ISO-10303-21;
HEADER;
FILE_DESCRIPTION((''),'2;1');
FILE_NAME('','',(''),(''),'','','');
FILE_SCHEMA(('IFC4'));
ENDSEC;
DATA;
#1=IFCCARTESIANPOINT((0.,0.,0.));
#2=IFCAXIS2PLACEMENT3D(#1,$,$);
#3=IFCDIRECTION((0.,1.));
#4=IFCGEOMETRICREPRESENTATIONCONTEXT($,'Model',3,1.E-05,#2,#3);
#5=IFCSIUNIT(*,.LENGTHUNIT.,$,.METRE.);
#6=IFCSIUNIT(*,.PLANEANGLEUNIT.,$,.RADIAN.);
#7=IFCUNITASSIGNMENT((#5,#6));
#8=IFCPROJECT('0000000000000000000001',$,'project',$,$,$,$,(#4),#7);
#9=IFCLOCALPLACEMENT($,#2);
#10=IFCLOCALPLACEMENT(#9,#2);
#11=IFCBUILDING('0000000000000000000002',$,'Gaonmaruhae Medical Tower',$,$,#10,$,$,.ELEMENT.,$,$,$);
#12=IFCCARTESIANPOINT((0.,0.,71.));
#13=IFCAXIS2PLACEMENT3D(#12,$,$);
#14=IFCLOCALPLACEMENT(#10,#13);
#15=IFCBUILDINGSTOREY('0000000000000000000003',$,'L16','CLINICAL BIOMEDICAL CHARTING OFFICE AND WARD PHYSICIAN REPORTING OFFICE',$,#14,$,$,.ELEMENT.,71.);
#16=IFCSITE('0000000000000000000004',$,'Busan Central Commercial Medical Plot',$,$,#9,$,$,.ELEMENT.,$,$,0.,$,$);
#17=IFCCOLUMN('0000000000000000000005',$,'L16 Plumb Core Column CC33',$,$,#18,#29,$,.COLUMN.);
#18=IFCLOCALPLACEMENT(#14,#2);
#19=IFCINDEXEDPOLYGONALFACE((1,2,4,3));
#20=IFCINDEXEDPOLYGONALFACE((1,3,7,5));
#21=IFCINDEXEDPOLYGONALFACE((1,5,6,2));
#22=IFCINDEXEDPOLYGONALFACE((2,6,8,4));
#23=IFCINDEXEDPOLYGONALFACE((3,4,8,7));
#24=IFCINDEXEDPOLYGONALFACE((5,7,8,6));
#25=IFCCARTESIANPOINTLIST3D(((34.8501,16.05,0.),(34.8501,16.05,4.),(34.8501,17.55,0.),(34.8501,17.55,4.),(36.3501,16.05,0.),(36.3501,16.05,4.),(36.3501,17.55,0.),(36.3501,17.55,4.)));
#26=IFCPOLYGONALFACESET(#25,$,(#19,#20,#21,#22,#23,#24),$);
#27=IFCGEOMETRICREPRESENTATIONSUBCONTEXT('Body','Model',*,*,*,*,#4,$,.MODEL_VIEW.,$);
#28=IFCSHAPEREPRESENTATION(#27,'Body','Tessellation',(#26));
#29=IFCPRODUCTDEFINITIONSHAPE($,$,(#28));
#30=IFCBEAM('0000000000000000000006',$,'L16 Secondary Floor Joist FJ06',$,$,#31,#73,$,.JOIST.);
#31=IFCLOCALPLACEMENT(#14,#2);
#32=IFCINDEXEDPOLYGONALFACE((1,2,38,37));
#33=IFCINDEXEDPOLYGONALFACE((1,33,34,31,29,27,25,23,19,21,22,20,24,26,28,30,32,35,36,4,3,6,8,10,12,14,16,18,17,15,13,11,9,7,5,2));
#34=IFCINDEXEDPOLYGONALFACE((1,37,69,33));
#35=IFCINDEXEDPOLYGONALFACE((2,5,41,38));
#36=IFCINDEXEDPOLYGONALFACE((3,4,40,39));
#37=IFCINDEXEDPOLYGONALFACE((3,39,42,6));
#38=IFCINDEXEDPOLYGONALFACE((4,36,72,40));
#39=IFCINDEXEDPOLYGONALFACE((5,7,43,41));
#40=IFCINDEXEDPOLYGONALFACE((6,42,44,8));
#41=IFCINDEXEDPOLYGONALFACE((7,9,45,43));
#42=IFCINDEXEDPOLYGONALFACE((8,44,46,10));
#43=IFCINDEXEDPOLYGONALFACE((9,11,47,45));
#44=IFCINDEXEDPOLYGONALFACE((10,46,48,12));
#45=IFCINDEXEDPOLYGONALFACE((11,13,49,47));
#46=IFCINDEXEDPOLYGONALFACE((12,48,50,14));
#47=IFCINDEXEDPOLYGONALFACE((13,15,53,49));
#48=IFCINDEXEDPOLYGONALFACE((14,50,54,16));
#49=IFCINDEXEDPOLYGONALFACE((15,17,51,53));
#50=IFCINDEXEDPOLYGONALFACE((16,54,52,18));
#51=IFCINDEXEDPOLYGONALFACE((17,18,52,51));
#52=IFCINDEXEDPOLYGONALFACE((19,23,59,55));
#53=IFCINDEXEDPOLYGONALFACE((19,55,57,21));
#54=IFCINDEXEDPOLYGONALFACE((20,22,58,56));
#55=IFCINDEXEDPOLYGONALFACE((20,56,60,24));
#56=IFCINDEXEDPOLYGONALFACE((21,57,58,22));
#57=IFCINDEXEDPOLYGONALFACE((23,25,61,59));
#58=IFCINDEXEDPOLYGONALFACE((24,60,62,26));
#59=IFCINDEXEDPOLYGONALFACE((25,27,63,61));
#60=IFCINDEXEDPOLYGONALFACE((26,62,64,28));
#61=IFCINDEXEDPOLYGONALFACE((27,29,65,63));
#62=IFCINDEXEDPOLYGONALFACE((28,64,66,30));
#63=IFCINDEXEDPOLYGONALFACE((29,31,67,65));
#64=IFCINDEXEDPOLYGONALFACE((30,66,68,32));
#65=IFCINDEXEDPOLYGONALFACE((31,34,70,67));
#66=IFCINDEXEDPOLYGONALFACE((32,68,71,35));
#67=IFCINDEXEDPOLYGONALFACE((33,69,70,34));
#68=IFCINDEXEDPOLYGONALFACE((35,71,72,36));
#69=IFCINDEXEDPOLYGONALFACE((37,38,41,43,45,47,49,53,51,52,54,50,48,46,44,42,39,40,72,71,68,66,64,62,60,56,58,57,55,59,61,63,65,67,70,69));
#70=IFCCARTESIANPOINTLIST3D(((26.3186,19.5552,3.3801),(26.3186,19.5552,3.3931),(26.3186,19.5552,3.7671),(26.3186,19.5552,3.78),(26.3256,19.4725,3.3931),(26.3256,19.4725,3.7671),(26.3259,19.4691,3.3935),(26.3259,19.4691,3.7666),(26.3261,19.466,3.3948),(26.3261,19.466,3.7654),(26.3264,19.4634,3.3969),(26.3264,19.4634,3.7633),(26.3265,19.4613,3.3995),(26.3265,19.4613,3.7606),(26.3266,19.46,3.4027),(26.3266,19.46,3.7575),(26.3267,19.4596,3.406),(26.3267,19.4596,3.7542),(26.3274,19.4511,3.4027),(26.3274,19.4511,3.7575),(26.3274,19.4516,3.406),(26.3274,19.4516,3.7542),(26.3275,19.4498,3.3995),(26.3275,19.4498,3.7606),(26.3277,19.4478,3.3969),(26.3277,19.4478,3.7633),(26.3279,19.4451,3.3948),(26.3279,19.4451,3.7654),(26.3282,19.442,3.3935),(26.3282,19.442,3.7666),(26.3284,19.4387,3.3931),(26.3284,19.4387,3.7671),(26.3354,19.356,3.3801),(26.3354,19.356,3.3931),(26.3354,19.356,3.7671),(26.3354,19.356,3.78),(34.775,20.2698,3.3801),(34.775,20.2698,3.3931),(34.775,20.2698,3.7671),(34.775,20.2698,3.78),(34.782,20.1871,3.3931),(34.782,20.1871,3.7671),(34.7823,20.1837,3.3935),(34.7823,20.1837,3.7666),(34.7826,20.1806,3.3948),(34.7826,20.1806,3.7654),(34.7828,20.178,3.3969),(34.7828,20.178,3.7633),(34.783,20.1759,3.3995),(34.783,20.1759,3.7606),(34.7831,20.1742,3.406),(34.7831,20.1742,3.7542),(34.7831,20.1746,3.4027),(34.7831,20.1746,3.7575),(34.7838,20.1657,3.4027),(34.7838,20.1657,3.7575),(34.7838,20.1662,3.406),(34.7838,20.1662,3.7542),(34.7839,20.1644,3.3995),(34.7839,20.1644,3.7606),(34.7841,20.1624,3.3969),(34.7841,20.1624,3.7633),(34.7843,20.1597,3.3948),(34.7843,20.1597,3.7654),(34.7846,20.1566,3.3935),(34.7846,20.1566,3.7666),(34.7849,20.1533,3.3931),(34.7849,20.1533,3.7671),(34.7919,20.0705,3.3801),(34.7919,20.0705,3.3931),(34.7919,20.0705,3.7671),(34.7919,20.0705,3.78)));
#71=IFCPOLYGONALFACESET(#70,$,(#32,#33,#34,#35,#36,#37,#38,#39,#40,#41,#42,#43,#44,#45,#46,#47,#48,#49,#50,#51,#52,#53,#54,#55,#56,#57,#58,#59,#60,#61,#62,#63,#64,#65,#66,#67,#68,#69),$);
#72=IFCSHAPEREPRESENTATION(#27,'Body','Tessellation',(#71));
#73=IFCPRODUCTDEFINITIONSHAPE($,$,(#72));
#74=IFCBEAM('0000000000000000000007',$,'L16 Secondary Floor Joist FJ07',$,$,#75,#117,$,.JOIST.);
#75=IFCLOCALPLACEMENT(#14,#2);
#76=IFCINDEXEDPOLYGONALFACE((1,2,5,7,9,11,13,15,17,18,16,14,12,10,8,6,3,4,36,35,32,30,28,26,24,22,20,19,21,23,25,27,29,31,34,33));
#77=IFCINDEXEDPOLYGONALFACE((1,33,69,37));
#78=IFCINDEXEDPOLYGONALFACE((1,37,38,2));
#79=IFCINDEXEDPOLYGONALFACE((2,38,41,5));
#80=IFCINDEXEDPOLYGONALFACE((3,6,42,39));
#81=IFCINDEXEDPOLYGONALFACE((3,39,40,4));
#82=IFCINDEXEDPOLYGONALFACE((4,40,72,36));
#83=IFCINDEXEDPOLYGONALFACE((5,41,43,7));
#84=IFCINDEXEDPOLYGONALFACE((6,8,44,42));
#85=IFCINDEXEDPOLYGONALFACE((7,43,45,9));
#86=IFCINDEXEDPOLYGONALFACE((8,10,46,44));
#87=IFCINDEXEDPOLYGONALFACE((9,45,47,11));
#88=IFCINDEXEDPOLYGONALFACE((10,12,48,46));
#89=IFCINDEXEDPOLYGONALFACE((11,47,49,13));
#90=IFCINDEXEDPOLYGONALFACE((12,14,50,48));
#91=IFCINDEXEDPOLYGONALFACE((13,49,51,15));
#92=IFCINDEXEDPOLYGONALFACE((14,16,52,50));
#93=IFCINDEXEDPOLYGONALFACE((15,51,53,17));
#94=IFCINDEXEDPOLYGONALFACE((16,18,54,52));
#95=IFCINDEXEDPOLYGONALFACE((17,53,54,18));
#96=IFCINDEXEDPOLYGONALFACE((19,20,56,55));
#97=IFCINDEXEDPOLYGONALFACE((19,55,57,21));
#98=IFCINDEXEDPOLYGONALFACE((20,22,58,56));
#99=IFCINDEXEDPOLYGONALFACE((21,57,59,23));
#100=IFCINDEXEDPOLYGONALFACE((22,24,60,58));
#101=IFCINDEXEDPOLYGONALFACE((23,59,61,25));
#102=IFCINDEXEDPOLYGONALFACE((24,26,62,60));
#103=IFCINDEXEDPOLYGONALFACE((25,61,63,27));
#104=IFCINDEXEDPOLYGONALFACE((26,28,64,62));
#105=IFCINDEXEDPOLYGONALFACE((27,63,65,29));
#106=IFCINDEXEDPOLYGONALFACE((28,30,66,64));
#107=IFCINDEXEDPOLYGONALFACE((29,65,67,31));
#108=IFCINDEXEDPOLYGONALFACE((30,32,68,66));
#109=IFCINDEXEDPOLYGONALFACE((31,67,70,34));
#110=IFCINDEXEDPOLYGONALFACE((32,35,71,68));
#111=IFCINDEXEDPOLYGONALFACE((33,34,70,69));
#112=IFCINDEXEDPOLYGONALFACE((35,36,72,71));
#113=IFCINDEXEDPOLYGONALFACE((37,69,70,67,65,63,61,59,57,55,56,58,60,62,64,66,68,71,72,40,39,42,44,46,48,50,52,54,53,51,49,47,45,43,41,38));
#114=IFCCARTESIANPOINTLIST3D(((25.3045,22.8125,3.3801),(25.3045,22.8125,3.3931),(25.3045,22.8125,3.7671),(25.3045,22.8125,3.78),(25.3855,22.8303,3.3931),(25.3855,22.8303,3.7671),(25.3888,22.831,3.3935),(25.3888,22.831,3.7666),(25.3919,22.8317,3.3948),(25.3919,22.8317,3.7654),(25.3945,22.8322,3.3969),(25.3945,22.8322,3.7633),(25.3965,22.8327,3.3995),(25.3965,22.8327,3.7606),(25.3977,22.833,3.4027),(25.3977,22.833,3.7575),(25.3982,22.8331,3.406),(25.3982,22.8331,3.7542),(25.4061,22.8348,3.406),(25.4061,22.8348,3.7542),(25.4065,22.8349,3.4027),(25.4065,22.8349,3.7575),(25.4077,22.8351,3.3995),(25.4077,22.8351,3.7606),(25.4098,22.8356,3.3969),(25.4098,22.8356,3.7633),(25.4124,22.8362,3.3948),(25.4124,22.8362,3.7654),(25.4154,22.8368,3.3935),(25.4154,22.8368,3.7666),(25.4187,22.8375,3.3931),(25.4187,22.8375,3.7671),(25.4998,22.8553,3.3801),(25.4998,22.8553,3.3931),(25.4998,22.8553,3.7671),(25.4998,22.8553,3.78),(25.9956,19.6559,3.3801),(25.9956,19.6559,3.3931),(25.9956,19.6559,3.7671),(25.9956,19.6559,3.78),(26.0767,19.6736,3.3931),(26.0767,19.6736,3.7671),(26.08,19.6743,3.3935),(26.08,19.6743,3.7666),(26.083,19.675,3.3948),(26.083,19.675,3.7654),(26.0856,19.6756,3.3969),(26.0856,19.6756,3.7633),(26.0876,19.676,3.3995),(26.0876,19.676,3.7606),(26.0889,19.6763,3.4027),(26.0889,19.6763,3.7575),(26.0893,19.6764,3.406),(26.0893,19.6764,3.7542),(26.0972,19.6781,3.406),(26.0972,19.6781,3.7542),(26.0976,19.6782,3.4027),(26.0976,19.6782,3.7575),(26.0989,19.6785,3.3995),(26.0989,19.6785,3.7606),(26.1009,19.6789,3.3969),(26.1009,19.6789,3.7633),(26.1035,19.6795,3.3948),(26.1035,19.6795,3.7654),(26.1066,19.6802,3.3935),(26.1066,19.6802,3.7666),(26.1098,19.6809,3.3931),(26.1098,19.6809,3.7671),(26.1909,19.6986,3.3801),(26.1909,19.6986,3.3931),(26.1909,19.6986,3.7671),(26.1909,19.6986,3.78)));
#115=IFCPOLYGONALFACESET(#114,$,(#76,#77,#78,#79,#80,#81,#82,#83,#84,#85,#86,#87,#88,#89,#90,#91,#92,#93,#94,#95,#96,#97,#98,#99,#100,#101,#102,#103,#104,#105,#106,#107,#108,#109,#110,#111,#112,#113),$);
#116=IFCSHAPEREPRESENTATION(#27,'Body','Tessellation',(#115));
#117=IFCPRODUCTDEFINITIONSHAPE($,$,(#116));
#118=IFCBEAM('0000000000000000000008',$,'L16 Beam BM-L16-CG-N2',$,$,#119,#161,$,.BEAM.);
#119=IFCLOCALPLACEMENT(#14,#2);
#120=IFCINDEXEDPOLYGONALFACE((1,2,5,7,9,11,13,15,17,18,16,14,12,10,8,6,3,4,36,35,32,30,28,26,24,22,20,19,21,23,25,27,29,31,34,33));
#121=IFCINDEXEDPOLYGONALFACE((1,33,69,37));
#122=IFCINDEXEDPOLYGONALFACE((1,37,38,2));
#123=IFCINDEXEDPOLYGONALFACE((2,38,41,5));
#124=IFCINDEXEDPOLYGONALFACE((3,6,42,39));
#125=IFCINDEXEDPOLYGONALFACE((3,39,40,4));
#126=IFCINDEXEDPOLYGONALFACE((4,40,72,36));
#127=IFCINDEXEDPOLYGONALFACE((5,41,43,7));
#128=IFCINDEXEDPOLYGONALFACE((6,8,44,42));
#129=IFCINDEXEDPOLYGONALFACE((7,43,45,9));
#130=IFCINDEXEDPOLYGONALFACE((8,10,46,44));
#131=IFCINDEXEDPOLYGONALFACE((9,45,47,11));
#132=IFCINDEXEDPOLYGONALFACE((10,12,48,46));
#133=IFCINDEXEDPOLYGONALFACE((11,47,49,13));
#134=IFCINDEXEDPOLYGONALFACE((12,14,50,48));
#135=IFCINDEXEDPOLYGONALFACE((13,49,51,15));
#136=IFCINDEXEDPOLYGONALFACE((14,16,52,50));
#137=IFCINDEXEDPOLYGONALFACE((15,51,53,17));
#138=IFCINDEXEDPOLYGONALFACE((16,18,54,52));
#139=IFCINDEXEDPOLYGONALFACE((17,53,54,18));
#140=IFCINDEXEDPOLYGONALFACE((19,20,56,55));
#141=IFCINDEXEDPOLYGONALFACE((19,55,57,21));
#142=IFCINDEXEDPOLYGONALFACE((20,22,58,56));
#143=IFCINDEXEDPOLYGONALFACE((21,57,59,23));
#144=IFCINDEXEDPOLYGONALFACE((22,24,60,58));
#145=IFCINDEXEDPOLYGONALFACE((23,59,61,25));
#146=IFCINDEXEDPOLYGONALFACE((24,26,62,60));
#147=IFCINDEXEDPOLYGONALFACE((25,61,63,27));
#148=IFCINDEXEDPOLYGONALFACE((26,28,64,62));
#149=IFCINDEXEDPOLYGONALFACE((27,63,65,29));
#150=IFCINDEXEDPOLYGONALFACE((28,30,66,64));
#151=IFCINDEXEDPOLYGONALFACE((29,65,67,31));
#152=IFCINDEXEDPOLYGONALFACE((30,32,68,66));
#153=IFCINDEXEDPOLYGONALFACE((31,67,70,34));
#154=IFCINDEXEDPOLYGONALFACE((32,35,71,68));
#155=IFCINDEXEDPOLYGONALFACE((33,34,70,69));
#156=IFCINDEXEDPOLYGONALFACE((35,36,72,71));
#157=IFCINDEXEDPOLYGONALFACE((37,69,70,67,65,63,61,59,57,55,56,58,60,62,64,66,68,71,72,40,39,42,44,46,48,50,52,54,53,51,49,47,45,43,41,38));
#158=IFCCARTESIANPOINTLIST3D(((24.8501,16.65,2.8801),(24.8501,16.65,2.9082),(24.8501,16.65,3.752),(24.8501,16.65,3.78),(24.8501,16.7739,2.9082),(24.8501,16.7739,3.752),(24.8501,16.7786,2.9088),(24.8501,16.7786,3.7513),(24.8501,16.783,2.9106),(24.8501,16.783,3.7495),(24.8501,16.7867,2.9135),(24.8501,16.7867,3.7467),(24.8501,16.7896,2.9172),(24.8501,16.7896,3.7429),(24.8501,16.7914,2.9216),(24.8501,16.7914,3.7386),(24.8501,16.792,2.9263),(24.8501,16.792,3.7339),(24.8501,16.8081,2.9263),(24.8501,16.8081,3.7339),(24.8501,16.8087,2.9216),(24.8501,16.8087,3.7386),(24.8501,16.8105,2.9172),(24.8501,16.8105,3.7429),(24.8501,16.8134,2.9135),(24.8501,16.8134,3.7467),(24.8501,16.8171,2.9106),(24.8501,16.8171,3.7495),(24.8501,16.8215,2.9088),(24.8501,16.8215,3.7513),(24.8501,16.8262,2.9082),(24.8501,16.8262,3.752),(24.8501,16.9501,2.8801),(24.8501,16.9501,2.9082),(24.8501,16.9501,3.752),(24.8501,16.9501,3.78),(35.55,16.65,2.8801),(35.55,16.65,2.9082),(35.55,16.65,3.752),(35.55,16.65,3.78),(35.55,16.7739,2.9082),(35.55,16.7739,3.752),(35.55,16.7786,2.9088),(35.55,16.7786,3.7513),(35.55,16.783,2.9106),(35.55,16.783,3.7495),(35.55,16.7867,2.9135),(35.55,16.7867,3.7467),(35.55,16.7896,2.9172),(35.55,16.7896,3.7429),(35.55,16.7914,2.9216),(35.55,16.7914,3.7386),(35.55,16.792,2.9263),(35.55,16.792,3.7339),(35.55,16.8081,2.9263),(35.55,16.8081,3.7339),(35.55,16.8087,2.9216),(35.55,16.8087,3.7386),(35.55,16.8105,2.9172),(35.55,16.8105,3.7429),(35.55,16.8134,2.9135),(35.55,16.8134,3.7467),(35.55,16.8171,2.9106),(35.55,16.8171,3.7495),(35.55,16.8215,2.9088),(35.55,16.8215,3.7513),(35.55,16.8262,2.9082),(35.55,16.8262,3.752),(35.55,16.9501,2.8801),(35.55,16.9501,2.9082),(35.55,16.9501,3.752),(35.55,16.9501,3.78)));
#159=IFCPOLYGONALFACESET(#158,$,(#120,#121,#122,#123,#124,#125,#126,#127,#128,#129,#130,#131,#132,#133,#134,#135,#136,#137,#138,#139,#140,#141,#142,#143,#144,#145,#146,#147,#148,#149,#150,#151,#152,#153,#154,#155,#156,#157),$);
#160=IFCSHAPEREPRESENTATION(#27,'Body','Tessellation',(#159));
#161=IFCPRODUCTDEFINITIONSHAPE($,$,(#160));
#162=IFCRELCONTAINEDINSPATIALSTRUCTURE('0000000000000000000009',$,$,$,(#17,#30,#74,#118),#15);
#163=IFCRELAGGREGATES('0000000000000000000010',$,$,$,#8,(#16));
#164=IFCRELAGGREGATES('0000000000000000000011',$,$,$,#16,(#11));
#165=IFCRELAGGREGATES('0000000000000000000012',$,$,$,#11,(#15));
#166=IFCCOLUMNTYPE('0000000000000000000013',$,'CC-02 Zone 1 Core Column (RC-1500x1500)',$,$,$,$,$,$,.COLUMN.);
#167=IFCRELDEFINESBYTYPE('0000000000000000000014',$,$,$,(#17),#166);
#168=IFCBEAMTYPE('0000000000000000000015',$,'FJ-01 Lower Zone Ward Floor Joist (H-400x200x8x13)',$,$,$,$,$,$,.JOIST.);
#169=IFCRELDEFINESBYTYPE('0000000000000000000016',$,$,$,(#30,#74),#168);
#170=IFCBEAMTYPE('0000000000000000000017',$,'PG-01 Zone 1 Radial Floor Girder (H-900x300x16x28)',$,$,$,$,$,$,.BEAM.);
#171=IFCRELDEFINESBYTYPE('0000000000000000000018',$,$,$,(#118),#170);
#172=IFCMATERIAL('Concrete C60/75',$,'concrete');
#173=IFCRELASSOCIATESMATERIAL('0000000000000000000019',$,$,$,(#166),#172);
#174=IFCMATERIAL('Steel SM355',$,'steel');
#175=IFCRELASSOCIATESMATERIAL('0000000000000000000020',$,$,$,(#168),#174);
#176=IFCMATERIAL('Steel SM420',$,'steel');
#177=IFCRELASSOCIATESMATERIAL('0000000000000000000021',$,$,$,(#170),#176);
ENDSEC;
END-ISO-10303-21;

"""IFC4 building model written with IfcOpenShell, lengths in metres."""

from ifc_helpers import new_model, si_unit, direction, frame, origin, origin_2d, place, context, subcontext, project, spatial, rectangle, i_section, extrude, material, material_profile, profile_set, type_object, element, save


model = new_model("IFC4")

# Units and contexts
model_context = context("Model", 3, precision=1e-05, world=origin(), true_north=direction((0.0, 1.0)))
body_context = subcontext(model_context, "Body", "Model", "MODEL_VIEW")
ifc_project = project(units=[si_unit("LENGTHUNIT", "METRE"), si_unit("PLANEANGLEUNIT", "RADIAN")], contexts=[model_context])

# Site, building, storey
site_placement = place(None, origin())
site = spatial("IfcSite", under=ifc_project, at=site_placement, Name="Busan Central Commercial Medical Plot", CompositionType="ELEMENT", RefElevation=0.0)
building_placement = place(site_placement, origin())
building = spatial("IfcBuilding", under=site, at=building_placement, Name="Gaonmaruhae Medical Tower", CompositionType="ELEMENT")
storey_placement = place(building_placement, frame((0.0, 0.0, 71.0)))
storey = spatial("IfcBuildingStorey", under=building, at=storey_placement, Name="L16", Description="CLINICAL BIOMEDICAL CHARTING OFFICE AND WARD PHYSICIAN REPORTING OFFICE", CompositionType="ELEMENT", Elevation=71.0)

# Column
ifc_material_1 = material(Name="Concrete C60/75", Category="concrete")
ifc_material_profile_1 = material_profile(ifc_material_1, rectangle(XDim=1.5, YDim=1.5, at=origin_2d()), Name="RC-1500x1500")
ifc_profile_set_1 = profile_set([ifc_material_profile_1], Name="Concrete C60/75")
column_type = type_object("IfcColumnType", Name="CC-02 Zone 1 Core Column (RC-1500x1500)", PredefinedType="COLUMN", material=ifc_profile_set_1)
column_placement = place(storey_placement, frame((35.6001, 16.8, 0.0), z_axis=(0.0, 0.0, 1.0), x_axis=(1.0, 0.0, 0.0)))
element("IfcColumn", 1, at=column_placement, inside=storey, type_object=column_type, Name="L16 Plumb Core Column CC33", PredefinedType="COLUMN", context=body_context, shape_type="SweptSolid", body=[
    extrude(rectangle(XDim=1.5, YDim=1.5, at=origin_2d()), origin(), (0.0, 0.0, 1.0), 4.0),
])

# Beams
ifc_material_2 = material(Name="Steel SM355", Category="steel")
ifc_material_profile_2 = material_profile(ifc_material_2, i_section(OverallWidth=0.2, OverallDepth=0.3999, WebThickness=0.0081, FlangeThickness=0.0129, FilletRadius=0.0129, at=origin_2d()), Name="H-400x200x8x13")
ifc_profile_set_2 = profile_set([ifc_material_profile_2], Name="Steel SM355")
beam_type_1 = type_object("IfcBeamType", Name="FJ-01 Lower Zone Ward Floor Joist (H-400x200x8x13)", PredefinedType="JOIST", material=ifc_profile_set_2)
beam_1_placement = place(storey_placement, frame((34.7834, 20.1702, 3.5801), z_axis=(-0.996449, -0.084202, 0.0), x_axis=(0.084202, -0.996449, 0.0)))
element("IfcBeam", 2, at=beam_1_placement, inside=storey, type_object=beam_type_1, Name="L16 Secondary Floor Joist FJ06", PredefinedType="JOIST", context=body_context, shape_type="SweptSolid", body=[
    extrude(i_section(OverallWidth=0.2, OverallDepth=0.3999, WebThickness=0.0081, FlangeThickness=0.0129, FilletRadius=0.0129, at=origin_2d()), origin(), (0.0, 0.0, 1.0), 8.4866),
])
beam_2_placement = place(storey_placement, frame((26.0933, 19.6772, 3.5801), z_axis=(-0.213882, 0.97686, 0.0), x_axis=(-0.97686, -0.213882, 0.0)))
element("IfcBeam", 3, at=beam_2_placement, inside=storey, type_object=beam_type_1, Name="L16 Secondary Floor Joist FJ07", PredefinedType="JOIST", context=body_context, shape_type="SweptSolid", body=[
    extrude(i_section(OverallWidth=0.2, OverallDepth=0.3999, WebThickness=0.0081, FlangeThickness=0.0129, FilletRadius=0.0129, at=origin_2d()), origin(), (0.0, 0.0, 1.0), 3.2314),
])
ifc_material_3 = material(Name="Steel SM420", Category="steel")
ifc_material_profile_3 = material_profile(ifc_material_3, i_section(OverallWidth=0.3, OverallDepth=0.8999, WebThickness=0.0161, FlangeThickness=0.0281, FilletRadius=0.0181, at=origin_2d()), Name="H-900x300x16x28")
ifc_profile_set_3 = profile_set([ifc_material_profile_3], Name="Steel SM420")
beam_type_2 = type_object("IfcBeamType", Name="PG-01 Zone 1 Radial Floor Girder (H-900x300x16x28)", PredefinedType="BEAM", material=ifc_profile_set_3)
beam_3_placement = place(storey_placement, frame((24.8501, 16.8, 3.3301), z_axis=(1.0, 0.0, 0.0), x_axis=(0.0, 1.0, 0.0)))
element("IfcBeam", 4, at=beam_3_placement, inside=storey, type_object=beam_type_2, Name="L16 Beam BM-L16-CG-N2", PredefinedType="BEAM", context=body_context, shape_type="SweptSolid", body=[
    extrude(i_section(OverallWidth=0.3, OverallDepth=0.8999, WebThickness=0.0161, FlangeThickness=0.0281, FilletRadius=0.0181, at=origin_2d()), origin(), (0.0, 0.0, 1.0), 10.7),
])

save(model, "model.ifc")
